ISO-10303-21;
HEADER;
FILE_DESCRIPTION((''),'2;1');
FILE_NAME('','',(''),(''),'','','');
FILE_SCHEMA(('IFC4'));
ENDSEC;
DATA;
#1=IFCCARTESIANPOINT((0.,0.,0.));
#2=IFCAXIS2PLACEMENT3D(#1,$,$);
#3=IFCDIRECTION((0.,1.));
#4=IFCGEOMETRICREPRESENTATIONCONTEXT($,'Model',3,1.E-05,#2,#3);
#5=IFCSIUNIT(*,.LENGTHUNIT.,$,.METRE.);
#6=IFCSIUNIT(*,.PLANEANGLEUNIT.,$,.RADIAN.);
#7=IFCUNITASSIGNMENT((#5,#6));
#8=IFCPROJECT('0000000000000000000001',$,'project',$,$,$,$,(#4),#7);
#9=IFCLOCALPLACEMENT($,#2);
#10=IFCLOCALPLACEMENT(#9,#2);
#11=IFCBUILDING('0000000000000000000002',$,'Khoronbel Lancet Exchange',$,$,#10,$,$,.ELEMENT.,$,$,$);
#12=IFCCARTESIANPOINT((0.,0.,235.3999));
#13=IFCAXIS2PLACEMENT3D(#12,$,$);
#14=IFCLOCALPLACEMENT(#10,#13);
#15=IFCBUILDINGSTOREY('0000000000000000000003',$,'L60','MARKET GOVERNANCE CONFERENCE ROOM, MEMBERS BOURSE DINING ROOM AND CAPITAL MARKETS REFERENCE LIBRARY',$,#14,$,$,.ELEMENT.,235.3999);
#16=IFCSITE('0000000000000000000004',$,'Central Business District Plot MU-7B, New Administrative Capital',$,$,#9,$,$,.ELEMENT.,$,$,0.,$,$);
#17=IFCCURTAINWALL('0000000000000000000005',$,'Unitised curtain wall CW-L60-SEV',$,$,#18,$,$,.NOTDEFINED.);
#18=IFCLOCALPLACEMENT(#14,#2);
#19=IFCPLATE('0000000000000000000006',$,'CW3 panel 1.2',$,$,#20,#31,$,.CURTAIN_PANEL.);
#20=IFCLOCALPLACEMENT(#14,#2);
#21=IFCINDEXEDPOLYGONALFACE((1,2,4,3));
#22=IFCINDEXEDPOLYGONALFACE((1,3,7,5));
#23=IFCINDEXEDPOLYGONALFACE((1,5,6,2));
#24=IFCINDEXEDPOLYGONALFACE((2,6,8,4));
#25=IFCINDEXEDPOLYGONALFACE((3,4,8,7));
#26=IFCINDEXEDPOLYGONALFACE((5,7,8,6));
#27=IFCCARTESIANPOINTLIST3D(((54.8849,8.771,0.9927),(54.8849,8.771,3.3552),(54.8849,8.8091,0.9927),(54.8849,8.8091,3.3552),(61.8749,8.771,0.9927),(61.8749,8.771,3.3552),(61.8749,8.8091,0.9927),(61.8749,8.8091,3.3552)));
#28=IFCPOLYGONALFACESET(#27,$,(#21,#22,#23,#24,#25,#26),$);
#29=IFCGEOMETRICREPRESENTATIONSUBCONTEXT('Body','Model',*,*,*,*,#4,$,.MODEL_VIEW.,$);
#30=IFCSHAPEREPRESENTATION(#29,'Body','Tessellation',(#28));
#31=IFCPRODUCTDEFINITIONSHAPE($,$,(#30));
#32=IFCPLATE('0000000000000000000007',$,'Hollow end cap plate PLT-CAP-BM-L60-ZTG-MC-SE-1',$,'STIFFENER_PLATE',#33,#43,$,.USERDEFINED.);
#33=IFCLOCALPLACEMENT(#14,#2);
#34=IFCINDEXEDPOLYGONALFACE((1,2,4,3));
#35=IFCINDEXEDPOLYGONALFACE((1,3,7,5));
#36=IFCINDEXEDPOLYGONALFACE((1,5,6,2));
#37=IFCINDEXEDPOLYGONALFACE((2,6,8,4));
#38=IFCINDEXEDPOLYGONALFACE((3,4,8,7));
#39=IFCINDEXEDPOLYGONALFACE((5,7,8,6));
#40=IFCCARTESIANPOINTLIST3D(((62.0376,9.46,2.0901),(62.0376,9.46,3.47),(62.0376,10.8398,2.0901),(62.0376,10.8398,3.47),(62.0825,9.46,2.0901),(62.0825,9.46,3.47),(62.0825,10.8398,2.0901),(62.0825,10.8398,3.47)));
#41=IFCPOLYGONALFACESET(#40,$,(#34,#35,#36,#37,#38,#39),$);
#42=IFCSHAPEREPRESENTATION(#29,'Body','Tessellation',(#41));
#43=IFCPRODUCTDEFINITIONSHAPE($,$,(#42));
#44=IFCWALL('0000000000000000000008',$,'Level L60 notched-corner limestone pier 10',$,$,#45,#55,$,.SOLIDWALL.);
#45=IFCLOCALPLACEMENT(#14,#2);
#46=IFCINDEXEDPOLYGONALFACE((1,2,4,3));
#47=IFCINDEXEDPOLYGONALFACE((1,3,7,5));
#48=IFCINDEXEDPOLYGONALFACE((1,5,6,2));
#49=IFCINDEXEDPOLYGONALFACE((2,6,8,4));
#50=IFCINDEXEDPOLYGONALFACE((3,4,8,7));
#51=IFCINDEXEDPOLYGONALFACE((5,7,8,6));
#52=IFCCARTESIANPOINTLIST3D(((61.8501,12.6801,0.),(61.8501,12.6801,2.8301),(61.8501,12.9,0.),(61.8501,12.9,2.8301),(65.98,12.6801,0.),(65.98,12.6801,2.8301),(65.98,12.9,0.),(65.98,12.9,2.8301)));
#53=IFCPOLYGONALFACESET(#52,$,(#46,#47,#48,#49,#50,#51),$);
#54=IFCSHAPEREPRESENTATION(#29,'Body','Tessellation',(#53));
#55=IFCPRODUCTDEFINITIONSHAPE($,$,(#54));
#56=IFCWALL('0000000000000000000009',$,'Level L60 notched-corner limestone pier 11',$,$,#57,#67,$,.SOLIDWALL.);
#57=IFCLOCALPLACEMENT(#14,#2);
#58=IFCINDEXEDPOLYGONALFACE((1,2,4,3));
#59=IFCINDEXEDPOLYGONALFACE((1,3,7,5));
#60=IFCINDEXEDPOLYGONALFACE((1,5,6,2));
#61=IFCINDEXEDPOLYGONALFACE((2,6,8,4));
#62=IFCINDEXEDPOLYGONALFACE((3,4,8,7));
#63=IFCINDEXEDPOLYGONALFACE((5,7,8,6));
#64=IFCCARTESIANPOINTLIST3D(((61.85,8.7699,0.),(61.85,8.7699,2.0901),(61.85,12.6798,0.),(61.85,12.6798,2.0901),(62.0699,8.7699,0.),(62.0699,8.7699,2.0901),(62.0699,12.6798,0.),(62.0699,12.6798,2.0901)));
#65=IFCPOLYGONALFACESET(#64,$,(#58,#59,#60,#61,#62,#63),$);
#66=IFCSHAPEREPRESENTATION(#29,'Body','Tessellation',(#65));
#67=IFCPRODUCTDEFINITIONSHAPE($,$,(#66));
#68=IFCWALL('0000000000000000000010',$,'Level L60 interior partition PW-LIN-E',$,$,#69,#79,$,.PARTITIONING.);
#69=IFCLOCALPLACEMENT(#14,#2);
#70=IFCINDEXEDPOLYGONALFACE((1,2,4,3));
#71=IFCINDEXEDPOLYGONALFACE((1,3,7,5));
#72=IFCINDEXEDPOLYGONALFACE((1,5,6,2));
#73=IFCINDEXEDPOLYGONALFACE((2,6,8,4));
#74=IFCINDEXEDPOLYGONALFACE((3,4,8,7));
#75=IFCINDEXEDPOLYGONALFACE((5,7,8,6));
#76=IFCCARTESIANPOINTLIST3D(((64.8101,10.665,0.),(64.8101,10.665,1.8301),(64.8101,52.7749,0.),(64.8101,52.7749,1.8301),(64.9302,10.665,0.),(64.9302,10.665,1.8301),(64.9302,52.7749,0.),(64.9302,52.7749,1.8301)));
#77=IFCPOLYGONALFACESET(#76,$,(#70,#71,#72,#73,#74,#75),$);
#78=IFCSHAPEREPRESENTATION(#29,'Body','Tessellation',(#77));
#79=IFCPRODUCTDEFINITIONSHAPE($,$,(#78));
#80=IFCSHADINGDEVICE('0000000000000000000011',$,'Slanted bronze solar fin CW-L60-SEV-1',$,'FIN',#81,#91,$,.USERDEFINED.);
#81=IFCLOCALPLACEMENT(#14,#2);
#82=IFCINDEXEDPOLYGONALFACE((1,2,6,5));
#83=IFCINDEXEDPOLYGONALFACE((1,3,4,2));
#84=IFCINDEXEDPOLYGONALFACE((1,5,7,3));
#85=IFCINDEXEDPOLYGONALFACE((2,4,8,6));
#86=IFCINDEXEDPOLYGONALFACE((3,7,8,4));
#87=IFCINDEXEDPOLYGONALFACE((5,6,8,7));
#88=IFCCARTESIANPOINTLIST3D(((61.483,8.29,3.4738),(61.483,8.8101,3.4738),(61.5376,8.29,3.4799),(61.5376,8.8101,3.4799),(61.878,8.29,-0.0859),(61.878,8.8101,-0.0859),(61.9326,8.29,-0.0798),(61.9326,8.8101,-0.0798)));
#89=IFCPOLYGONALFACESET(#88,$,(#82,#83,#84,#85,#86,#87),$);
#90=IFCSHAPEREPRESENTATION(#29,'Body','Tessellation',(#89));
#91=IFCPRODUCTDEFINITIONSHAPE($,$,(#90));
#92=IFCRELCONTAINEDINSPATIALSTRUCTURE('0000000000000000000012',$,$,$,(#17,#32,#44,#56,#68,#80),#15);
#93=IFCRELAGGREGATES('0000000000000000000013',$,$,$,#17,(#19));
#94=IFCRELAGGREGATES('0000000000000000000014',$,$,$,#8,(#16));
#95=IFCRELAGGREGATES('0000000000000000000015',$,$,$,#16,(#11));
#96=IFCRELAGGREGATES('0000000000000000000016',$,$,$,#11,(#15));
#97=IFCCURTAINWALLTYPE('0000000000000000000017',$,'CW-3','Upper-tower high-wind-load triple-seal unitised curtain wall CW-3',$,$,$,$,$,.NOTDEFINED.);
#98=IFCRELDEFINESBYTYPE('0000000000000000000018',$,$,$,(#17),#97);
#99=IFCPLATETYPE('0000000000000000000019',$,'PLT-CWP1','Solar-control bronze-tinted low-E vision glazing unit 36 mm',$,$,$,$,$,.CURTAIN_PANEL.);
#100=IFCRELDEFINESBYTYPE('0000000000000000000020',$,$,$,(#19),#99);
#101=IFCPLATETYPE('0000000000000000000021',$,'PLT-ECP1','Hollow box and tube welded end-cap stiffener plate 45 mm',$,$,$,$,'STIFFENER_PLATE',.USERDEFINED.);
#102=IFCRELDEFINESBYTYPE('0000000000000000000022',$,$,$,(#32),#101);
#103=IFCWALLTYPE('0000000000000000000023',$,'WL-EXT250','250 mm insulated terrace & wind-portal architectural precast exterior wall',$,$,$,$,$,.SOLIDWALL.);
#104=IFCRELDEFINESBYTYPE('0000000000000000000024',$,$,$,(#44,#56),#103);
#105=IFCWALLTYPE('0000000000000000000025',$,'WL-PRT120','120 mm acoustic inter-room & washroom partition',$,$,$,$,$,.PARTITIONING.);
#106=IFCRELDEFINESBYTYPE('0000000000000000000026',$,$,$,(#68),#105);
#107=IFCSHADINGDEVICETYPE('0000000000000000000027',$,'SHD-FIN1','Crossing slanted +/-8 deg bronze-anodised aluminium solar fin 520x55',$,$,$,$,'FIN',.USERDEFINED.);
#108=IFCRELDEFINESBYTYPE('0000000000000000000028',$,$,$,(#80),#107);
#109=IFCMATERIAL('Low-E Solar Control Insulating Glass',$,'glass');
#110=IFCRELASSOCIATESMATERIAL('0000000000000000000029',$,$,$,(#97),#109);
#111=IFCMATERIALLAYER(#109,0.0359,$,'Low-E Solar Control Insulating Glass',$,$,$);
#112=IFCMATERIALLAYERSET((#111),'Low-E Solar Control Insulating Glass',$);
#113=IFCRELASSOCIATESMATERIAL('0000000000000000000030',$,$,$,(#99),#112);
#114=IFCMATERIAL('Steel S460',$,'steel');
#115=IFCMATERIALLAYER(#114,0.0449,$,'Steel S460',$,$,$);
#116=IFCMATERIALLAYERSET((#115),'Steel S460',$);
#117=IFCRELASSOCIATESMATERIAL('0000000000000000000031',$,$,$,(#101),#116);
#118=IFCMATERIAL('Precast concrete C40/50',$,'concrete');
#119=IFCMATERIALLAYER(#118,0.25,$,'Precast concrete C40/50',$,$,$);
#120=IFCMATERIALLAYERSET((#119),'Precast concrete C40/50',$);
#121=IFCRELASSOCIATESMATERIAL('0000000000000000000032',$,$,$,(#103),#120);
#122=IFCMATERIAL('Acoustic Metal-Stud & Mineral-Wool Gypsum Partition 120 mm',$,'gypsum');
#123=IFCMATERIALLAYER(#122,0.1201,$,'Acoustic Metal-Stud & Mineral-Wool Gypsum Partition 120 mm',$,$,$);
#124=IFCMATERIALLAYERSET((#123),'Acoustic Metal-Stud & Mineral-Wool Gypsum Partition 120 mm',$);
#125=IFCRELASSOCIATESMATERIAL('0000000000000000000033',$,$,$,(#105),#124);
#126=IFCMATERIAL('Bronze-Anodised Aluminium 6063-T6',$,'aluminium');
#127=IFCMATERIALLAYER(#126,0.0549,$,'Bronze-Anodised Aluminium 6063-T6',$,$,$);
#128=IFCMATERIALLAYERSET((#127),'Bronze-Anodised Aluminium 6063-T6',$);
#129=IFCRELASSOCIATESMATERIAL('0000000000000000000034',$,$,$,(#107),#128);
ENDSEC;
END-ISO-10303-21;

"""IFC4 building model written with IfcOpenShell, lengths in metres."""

from ifc_helpers import new_model, si_unit, direction, frame, frame_2d, origin, origin_2d, place, context, subcontext, project, spatial, polyline, rectangle, outline, extrude, material, layer, layer_set, type_object, element, aggregate, save


model = new_model("IFC4")

# Units and contexts
model_context = context("Model", 3, precision=1e-05, world=origin(), true_north=direction((0.0, 1.0)))
body_context = subcontext(model_context, "Body", "Model", "MODEL_VIEW")
ifc_project = project(units=[si_unit("LENGTHUNIT", "METRE"), si_unit("PLANEANGLEUNIT", "RADIAN")], contexts=[model_context])

# Site, building, storey
site_placement = place(None, origin())
site = spatial("IfcSite", under=ifc_project, at=site_placement, Name="Central Business District Plot MU-7B, New Administrative Capital", CompositionType="ELEMENT", RefElevation=0.0)
building_placement = place(site_placement, origin())
building = spatial("IfcBuilding", under=site, at=building_placement, Name="Khoronbel Lancet Exchange", CompositionType="ELEMENT")
storey_placement = place(building_placement, frame((0.0, 0.0, 235.3999)))
storey = spatial("IfcBuildingStorey", under=building, at=storey_placement, Name="L60", Description="MARKET GOVERNANCE CONFERENCE ROOM, MEMBERS BOURSE DINING ROOM AND CAPITAL MARKETS REFERENCE LIBRARY", CompositionType="ELEMENT", Elevation=235.3999)

# Shared definitions
ifc_material_1 = material(Name="Steel S460", Category="steel")

# Shared definitions
ifc_material_2 = material(Name="Low-E Solar Control Insulating Glass", Category="glass")
curtain_wall_type_1 = type_object("IfcCurtainWallType", Name="CW-3", Description="Upper-tower high-wind-load triple-seal unitised curtain wall CW-3", PredefinedType="NOTDEFINED", material=ifc_material_2)
ifc_material_3 = material(Name="Bronze-Anodised Aluminium 6063-T6", Category="aluminium")

# Curtain wall
curtain_wall_1_placement = place(storey_placement, origin())
curtain_wall_1 = element("IfcCurtainWall", 1, at=curtain_wall_1_placement, inside=storey, type_object=curtain_wall_type_1, Name="Unitised curtain wall CW-L60-SEV", PredefinedType="NOTDEFINED")

# Plates
ifc_layer_1 = layer(ifc_material_2, 0.0359, Name="Low-E Solar Control Insulating Glass")
ifc_layer_set_1 = layer_set([ifc_layer_1], Name="Low-E Solar Control Insulating Glass")
plate_type_1 = type_object("IfcPlateType", Name="PLT-CWP1", Description="Solar-control bronze-tinted low-E vision glazing unit 36 mm", PredefinedType="CURTAIN_PANEL", material=ifc_layer_set_1)
plate_1_placement = place(storey_placement, frame((58.3799, 8.79, 0.9927), z_axis=(0.0, 0.0, 1.0), x_axis=(1.0, 0.0, 0.0)))
plate_1 = element("IfcPlate", 2, at=plate_1_placement, type_object=plate_type_1, Name="CW3 panel 1.2", PredefinedType="CURTAIN_PANEL", context=body_context, shape_type="SweptSolid", body=[
    extrude(rectangle(XDim=6.99, YDim=0.0381, at=origin_2d()), origin(), (0.0, 0.0, 1.0), 2.3625),
])
aggregate(curtain_wall_1, [plate_1])
ifc_layer_2 = layer(ifc_material_1, 0.0449, Name="Steel S460")
ifc_layer_set_2 = layer_set([ifc_layer_2], Name="Steel S460")
plate_type_2 = type_object("IfcPlateType", Name="PLT-ECP1", Description="Hollow box and tube welded end-cap stiffener plate 45 mm", ElementType="STIFFENER_PLATE", PredefinedType="USERDEFINED", material=ifc_layer_set_2)
plate_2_placement = place(storey_placement, frame((62.0601, 10.1499, 2.0901), z_axis=(0.0, 0.0, 1.0), x_axis=(1.0, 0.0, 0.0)))
element("IfcPlate", 3, at=plate_2_placement, inside=storey, type_object=plate_type_2, Name="Hollow end cap plate PLT-CAP-BM-L60-ZTG-MC-SE-1", ObjectType="STIFFENER_PLATE", PredefinedType="USERDEFINED", context=body_context, shape_type="SweptSolid", body=[
    extrude(rectangle(XDim=0.0449, YDim=1.3799, at=origin_2d()), origin(), (0.0, 0.0, 1.0), 1.3799),
])

# Walls
ifc_material_4 = material(Name="Precast concrete C40/50", Category="concrete")
ifc_layer_3 = layer(ifc_material_4, 0.25, Name="Precast concrete C40/50")
ifc_layer_set_3 = layer_set([ifc_layer_3], Name="Precast concrete C40/50")
wall_type_1 = type_object("IfcWallType", Name="WL-EXT250", Description="250 mm insulated terrace & wind-portal architectural precast exterior wall", PredefinedType="SOLIDWALL", material=ifc_layer_set_3)
wall_1_placement = place(storey_placement, frame((65.98, 12.79, 0.0), z_axis=(0.0, 0.0, 1.0), x_axis=(-1.0, 0.0, 0.0)))
element("IfcWall", 4, at=wall_1_placement, inside=storey, type_object=wall_type_1, Name="Level L60 notched-corner limestone pier 10", PredefinedType="SOLIDWALL", context=body_context, shape_type="SweptSolid", body=[
    extrude(rectangle(XDim=4.1299, YDim=0.22, at=frame_2d((2.0649, 0.0))), origin(), (0.0, 0.0, 1.0), 2.8301),
])
wall_2_placement = place(storey_placement, frame((61.96, 12.6799, 0.0), z_axis=(0.0, 0.0, 1.0), x_axis=(0.0, -1.0, 0.0)))
element("IfcWall", 5, at=wall_2_placement, inside=storey, type_object=wall_type_1, Name="Level L60 notched-corner limestone pier 11", PredefinedType="SOLIDWALL", context=body_context, shape_type="SweptSolid", body=[
    extrude(rectangle(XDim=3.9099, YDim=0.22, at=frame_2d((1.9551, 0.0))), origin(), (0.0, 0.0, 1.0), 2.0901),
])
ifc_material_5 = material(Name="Acoustic Metal-Stud & Mineral-Wool Gypsum Partition 120 mm", Category="gypsum")
ifc_layer_4 = layer(ifc_material_5, 0.1201, Name="Acoustic Metal-Stud & Mineral-Wool Gypsum Partition 120 mm")
ifc_layer_set_4 = layer_set([ifc_layer_4], Name="Acoustic Metal-Stud & Mineral-Wool Gypsum Partition 120 mm")
wall_type_2 = type_object("IfcWallType", Name="WL-PRT120", Description="120 mm acoustic inter-room & washroom partition", PredefinedType="PARTITIONING", material=ifc_layer_set_4)
wall_3_placement = place(storey_placement, frame((64.8701, 10.665, 0.0), z_axis=(0.0, 0.0, 1.0), x_axis=(0.0, 1.0, 0.0)))
element("IfcWall", 6, at=wall_3_placement, inside=storey, type_object=wall_type_2, Name="Level L60 interior partition PW-LIN-E", PredefinedType="PARTITIONING", context=body_context, shape_type="SweptSolid", body=[
    extrude(rectangle(XDim=42.1099, YDim=0.1201, at=frame_2d((21.0549, 0.0))), origin(), (0.0, 0.0, 1.0), 1.8301),
])

# Shading device
ifc_layer_5 = layer(ifc_material_3, 0.0549, Name="Bronze-Anodised Aluminium 6063-T6")
ifc_layer_set_5 = layer_set([ifc_layer_5], Name="Bronze-Anodised Aluminium 6063-T6")
shading_device_type = type_object("IfcShadingDeviceType", Name="SHD-FIN1", Description="Crossing slanted +/-8 deg bronze-anodised aluminium solar fin 520x55", ElementType="FIN", PredefinedType="USERDEFINED", material=ifc_layer_set_5)
shading_device_placement = place(storey_placement, frame((61.9326, 8.8101, -0.0798), z_axis=(0.9939, 0.0, 0.110289), x_axis=(0.0, -1.0, 0.0)))
element("IfcShadingDevice", 7, at=shading_device_placement, inside=storey, type_object=shading_device_type, Name="Slanted bronze solar fin CW-L60-SEV-1", ObjectType="FIN", PredefinedType="USERDEFINED", context=body_context, shape_type="SweptSolid", body=[
    extrude(outline(polyline([(0.0, 0.0), (0.52, 0.0), (0.52, -3.5815), (0.0, -3.5815), (0.0, 0.0)])), origin(), (0.0, 0.0, -1.0), 0.0549),
])

save(model, "model.ifc")
